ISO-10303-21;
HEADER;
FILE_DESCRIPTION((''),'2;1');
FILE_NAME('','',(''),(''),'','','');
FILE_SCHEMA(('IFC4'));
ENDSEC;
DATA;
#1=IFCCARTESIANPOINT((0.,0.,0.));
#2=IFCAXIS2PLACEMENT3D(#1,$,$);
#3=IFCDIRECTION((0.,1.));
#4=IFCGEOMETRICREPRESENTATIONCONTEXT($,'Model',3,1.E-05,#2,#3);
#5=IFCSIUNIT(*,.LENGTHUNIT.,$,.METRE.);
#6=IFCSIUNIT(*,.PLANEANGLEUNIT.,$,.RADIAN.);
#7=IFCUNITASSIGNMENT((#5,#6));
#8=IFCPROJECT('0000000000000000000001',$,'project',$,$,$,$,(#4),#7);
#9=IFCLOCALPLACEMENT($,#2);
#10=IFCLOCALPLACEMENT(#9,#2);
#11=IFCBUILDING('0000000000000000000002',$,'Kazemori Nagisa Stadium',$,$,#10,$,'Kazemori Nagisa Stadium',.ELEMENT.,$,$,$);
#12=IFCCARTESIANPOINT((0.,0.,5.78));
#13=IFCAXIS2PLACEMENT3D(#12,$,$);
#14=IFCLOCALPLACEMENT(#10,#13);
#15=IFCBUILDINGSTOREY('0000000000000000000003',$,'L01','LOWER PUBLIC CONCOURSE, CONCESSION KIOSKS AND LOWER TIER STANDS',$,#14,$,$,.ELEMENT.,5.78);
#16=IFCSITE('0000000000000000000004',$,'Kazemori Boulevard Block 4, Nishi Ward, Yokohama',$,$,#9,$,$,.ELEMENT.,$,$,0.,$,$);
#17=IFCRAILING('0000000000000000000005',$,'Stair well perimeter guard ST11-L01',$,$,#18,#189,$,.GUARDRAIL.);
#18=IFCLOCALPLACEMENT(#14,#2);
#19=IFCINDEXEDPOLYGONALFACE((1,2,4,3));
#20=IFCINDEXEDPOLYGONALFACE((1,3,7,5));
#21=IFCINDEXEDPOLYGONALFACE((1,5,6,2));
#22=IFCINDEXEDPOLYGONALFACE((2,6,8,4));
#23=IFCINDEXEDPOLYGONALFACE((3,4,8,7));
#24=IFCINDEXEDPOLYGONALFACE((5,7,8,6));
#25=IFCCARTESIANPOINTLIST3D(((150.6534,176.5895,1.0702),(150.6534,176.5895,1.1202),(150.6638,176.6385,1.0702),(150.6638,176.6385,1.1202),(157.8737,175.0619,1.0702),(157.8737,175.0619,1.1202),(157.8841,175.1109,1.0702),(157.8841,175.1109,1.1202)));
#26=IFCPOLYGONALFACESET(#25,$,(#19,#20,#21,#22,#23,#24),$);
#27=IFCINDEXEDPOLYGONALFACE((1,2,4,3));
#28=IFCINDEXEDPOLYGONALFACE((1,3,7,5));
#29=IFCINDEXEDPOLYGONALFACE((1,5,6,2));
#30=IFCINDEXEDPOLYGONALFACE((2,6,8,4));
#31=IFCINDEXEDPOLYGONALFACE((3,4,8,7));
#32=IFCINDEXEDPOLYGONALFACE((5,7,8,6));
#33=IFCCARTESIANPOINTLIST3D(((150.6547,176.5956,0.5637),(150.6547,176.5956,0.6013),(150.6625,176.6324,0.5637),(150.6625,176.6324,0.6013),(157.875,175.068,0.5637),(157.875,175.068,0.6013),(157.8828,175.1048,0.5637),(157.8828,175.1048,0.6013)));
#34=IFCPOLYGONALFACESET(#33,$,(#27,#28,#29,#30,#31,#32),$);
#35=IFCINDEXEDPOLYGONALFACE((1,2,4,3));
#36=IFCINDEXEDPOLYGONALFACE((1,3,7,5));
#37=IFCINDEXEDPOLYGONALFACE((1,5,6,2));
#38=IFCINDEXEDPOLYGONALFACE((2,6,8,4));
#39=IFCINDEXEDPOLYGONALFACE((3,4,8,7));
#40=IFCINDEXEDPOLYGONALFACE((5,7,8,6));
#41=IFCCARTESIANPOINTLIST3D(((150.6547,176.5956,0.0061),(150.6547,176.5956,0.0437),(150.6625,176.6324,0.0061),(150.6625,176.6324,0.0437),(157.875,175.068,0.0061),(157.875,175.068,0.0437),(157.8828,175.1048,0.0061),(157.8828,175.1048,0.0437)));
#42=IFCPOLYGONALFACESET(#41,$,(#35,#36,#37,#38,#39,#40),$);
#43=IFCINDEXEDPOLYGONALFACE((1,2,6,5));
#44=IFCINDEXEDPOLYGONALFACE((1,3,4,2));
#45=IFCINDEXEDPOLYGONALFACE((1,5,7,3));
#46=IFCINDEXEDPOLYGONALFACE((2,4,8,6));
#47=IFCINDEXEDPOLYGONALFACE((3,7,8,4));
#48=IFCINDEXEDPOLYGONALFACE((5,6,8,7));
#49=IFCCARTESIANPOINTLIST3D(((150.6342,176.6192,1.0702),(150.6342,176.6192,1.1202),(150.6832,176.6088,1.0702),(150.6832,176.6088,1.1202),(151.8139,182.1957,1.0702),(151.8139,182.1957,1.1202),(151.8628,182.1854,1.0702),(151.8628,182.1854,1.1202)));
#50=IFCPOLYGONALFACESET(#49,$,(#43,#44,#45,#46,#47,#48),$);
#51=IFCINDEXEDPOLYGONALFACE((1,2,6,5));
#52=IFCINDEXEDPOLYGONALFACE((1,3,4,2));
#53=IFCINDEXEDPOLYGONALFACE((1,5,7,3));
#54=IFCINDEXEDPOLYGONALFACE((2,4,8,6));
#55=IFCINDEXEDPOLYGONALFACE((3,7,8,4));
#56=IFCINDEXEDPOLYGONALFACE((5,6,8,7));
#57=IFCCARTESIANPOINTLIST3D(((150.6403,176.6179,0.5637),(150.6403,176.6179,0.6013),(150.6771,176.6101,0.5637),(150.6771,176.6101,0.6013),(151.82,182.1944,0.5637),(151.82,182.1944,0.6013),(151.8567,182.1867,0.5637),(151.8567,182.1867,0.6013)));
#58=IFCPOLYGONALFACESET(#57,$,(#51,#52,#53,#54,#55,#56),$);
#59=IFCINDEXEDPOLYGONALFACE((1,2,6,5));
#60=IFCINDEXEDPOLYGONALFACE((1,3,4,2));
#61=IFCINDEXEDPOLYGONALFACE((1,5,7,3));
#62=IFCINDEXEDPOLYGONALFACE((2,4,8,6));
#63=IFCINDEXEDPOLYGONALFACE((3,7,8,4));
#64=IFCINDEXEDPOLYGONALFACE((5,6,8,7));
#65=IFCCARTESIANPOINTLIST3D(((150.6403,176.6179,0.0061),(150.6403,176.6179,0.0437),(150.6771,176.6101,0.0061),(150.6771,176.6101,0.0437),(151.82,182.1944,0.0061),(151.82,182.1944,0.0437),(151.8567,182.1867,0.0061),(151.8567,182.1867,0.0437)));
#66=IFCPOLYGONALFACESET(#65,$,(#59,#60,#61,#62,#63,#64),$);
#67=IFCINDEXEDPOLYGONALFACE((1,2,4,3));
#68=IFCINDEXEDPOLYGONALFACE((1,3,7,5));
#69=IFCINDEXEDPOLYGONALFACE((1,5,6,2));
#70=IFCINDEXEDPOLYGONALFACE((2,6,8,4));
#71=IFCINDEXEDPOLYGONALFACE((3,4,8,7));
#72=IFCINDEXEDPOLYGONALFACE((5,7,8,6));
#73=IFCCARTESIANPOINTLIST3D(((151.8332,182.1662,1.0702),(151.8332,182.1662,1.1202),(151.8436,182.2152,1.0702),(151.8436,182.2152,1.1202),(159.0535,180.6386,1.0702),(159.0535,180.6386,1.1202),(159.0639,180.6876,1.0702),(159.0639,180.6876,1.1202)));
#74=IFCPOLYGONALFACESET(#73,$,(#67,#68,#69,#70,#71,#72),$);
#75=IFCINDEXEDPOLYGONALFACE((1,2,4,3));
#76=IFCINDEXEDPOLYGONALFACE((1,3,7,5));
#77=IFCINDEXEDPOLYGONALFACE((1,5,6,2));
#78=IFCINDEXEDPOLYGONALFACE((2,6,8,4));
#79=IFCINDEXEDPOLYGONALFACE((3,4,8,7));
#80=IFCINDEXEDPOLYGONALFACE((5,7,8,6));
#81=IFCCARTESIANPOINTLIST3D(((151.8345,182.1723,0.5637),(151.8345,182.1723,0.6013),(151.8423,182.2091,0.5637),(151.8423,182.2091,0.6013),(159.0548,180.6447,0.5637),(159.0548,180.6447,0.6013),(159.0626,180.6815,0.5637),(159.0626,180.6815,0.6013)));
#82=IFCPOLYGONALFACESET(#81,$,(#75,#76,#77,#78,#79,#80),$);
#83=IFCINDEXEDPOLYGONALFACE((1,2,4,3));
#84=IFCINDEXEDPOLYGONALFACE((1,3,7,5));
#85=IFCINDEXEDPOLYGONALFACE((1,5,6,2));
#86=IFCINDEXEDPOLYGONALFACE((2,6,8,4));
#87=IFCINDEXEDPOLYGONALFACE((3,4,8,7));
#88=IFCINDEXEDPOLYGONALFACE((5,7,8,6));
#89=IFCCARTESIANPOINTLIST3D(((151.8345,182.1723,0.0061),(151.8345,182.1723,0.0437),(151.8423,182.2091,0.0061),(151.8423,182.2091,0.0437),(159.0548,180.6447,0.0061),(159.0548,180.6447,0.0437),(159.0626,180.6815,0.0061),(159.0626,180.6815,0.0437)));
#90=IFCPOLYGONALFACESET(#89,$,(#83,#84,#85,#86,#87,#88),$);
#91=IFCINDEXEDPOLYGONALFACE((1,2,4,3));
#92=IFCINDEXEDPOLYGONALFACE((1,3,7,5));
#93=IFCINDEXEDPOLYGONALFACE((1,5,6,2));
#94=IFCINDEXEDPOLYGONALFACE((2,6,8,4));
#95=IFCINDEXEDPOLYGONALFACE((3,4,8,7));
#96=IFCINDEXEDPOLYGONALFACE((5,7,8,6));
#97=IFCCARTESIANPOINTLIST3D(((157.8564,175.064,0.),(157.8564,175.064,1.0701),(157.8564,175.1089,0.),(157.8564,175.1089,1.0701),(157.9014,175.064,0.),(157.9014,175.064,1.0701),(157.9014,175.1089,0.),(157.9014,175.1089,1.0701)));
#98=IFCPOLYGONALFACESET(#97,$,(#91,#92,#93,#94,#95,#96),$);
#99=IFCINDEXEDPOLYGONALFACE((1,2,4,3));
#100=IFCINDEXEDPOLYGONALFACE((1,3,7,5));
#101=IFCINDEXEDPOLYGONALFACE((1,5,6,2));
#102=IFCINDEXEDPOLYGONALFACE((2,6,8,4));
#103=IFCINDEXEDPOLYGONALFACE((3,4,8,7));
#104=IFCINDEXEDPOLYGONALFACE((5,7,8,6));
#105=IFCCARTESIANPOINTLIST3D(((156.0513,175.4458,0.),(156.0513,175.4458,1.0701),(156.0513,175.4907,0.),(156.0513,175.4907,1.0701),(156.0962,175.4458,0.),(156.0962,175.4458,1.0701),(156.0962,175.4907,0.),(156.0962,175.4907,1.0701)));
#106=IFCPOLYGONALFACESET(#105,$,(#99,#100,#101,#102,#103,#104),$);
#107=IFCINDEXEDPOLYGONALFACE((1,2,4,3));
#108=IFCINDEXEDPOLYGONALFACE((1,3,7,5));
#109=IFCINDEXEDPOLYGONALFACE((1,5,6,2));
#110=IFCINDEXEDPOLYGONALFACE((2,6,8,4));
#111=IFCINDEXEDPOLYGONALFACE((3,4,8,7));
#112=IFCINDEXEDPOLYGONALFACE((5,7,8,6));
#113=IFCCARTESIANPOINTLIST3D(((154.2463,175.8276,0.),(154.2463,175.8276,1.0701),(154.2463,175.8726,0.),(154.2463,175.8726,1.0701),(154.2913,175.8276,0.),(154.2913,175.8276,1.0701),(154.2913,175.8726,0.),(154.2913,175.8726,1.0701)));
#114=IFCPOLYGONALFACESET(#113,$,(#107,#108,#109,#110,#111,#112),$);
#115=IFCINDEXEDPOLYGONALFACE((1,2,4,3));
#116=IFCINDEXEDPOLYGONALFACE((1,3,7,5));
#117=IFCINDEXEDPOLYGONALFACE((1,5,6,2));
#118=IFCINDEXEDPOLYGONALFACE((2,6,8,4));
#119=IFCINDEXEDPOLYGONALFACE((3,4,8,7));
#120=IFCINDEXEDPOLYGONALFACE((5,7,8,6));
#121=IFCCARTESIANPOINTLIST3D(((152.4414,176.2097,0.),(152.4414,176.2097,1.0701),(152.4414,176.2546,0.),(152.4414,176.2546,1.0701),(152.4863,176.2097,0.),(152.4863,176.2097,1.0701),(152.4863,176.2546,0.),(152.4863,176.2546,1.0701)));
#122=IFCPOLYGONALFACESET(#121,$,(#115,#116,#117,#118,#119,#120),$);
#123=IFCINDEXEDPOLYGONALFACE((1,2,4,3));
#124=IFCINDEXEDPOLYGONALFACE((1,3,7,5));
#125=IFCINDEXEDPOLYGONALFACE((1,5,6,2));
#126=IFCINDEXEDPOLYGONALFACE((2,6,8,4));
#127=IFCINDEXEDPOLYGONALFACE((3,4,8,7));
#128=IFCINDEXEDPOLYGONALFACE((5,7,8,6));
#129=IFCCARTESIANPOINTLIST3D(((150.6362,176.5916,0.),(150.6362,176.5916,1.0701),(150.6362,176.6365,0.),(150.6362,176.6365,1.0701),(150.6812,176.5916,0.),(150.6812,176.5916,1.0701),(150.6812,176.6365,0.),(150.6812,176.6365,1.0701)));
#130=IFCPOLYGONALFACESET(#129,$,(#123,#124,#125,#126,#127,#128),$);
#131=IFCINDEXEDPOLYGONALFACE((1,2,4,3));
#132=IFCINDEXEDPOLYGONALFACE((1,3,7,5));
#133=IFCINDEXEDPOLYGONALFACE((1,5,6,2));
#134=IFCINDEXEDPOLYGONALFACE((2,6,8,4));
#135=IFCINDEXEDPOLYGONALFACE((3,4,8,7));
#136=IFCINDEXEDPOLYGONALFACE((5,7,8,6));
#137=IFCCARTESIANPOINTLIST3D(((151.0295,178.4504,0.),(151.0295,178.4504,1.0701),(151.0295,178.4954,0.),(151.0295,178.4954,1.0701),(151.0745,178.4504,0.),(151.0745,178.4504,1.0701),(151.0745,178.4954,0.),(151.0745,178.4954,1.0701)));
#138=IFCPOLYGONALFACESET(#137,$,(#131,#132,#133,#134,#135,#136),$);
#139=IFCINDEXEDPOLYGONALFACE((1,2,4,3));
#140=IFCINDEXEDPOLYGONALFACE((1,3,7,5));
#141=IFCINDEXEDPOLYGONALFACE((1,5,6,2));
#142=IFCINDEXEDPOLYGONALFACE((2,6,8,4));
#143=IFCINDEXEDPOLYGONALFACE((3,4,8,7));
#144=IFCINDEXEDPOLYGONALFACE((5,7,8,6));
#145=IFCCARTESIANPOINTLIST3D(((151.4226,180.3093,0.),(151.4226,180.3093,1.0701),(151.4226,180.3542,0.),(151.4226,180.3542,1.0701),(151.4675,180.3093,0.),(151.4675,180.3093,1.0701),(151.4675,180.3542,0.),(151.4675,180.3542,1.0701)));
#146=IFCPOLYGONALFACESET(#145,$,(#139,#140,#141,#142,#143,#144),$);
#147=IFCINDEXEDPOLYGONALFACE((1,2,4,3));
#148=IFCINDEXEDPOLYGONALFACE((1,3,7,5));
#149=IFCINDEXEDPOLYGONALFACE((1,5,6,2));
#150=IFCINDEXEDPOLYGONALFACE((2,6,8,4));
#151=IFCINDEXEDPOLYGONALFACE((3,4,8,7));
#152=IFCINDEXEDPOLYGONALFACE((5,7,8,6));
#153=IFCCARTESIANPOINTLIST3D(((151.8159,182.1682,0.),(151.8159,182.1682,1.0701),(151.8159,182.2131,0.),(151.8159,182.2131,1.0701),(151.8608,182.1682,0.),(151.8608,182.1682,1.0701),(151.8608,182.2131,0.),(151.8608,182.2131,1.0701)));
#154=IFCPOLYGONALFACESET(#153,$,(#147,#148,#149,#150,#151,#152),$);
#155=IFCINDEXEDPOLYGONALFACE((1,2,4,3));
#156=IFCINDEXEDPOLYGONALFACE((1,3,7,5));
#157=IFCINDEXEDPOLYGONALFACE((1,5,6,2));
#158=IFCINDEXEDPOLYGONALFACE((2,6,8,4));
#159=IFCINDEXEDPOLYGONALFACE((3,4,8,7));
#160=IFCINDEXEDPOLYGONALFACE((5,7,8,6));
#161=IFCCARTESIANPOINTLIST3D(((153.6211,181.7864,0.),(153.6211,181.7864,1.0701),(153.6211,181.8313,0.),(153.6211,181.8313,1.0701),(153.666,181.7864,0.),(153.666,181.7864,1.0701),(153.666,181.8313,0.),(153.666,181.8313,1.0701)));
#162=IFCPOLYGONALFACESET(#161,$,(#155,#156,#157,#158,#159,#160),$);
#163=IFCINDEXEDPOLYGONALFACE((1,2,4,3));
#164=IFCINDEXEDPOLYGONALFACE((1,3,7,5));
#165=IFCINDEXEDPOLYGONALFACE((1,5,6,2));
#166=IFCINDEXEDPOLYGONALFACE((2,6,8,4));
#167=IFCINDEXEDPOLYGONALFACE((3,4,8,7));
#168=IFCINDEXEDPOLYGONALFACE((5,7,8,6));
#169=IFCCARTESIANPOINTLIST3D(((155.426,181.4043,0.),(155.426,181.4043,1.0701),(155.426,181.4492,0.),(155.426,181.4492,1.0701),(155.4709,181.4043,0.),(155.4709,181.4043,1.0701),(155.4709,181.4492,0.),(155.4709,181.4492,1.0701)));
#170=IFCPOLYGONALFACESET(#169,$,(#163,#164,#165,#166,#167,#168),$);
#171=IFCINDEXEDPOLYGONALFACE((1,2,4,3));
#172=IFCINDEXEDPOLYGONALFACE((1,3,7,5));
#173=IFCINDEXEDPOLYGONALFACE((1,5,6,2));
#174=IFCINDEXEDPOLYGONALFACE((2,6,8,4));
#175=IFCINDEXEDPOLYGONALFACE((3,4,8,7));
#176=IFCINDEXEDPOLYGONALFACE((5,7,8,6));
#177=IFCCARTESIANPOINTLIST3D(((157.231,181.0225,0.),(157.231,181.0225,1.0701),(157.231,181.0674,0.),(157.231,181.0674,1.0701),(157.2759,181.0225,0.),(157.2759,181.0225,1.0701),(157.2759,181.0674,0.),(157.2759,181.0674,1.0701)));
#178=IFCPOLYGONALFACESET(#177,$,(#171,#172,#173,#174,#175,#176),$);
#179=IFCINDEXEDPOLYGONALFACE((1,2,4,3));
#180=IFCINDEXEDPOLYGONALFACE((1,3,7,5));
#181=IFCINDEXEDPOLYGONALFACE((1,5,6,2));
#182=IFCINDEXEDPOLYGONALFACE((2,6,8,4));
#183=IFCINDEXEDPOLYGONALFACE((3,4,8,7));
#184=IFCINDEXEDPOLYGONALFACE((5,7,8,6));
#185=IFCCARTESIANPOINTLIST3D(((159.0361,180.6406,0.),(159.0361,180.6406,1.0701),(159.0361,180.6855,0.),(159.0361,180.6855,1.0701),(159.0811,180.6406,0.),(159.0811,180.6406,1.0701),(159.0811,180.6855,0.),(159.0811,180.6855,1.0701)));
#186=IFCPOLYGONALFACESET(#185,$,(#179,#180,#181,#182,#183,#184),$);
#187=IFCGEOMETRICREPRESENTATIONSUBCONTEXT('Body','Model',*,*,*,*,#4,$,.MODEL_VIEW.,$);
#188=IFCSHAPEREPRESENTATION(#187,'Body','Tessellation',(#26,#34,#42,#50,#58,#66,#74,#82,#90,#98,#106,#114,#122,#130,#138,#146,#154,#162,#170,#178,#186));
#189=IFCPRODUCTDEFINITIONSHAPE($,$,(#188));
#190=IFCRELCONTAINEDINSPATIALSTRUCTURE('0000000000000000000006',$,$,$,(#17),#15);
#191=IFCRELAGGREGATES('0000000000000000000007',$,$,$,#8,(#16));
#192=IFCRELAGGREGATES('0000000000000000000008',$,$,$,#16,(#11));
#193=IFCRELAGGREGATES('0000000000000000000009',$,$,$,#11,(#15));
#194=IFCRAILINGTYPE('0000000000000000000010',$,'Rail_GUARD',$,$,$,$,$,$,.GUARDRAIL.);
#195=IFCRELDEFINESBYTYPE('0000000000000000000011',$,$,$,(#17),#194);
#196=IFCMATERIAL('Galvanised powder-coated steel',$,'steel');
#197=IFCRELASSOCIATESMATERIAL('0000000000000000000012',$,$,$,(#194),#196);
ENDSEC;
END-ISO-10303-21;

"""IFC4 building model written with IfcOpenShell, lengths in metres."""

from ifc_helpers import new_model, si_unit, direction, frame, origin, origin_2d, place, context, subcontext, project, spatial, rectangle, extrude, material, type_object, element, save


model = new_model("IFC4")

# Units and contexts
model_context = context("Model", 3, precision=1e-05, world=origin(), true_north=direction((0.0, 1.0)))
body_context = subcontext(model_context, "Body", "Model", "MODEL_VIEW")
ifc_project = project(units=[si_unit("LENGTHUNIT", "METRE"), si_unit("PLANEANGLEUNIT", "RADIAN")], contexts=[model_context])

# Site, building, storey
site_placement = place(None, origin())
site = spatial("IfcSite", under=ifc_project, at=site_placement, Name="Kazemori Boulevard Block 4, Nishi Ward, Yokohama", CompositionType="ELEMENT", RefElevation=0.0)
building_placement = place(site_placement, origin())
building = spatial("IfcBuilding", under=site, at=building_placement, Name="Kazemori Nagisa Stadium", LongName="Kazemori Nagisa Stadium", CompositionType="ELEMENT")
storey_placement = place(building_placement, frame((0.0, 0.0, 5.78)))
storey = spatial("IfcBuildingStorey", under=building, at=storey_placement, Name="L01", Description="LOWER PUBLIC CONCOURSE, CONCESSION KIOSKS AND LOWER TIER STANDS", CompositionType="ELEMENT", Elevation=5.78)

# Railing
ifc_material_1 = material(Name="Galvanised powder-coated steel", Category="steel")
railing_type_1 = type_object("IfcRailingType", Name="Rail_GUARD", PredefinedType="GUARDRAIL", material=ifc_material_1)
railing_1_placement = place(storey_placement, frame((157.8789, 175.0864, 0.0)))
element("IfcRailing", 1, at=railing_1_placement, inside=storey, type_object=railing_type_1, Name="Stair well perimeter guard ST11-L01", PredefinedType="GUARDRAIL", context=body_context, shape_type="SweptSolid", body=[
    extrude(rectangle(XDim=0.05, YDim=0.05, at=origin_2d()), frame((0.0, 0.0, 1.0952), z_axis=(-0.978343, 0.206989, 0.0), x_axis=(-0.206989, -0.978343, 0.0)), (0.0, 0.0, 1.0), 7.3801),
    extrude(rectangle(XDim=0.0376, YDim=0.0376, at=origin_2d()), frame((0.0, 0.0, 0.5825), z_axis=(-0.978343, 0.206989, 0.0), x_axis=(-0.206989, -0.978343, 0.0)), (0.0, 0.0, 1.0), 7.3801),
    extrude(rectangle(XDim=0.0376, YDim=0.0376, at=origin_2d()), frame((0.0, 0.0, 0.0249), z_axis=(-0.978343, 0.206989, 0.0), x_axis=(-0.206989, -0.978343, 0.0)), (0.0, 0.0, 1.0), 7.3801),
    extrude(rectangle(XDim=0.05, YDim=0.05, at=origin_2d()), frame((-7.2202, 1.5276, 1.0952), z_axis=(0.20696, 0.978349, 0.0), x_axis=(-0.978349, 0.20696, 0.0)), (0.0, 0.0, 1.0), 5.7),
    extrude(rectangle(XDim=0.0376, YDim=0.0376, at=origin_2d()), frame((-7.2202, 1.5276, 0.5825), z_axis=(0.20696, 0.978349, 0.0), x_axis=(-0.978349, 0.20696, 0.0)), (0.0, 0.0, 1.0), 5.7),
    extrude(rectangle(XDim=0.0376, YDim=0.0376, at=origin_2d()), frame((-7.2202, 1.5276, 0.0249), z_axis=(0.20696, 0.978349, 0.0), x_axis=(-0.978349, 0.20696, 0.0)), (0.0, 0.0, 1.0), 5.7),
    extrude(rectangle(XDim=0.05, YDim=0.05, at=origin_2d()), frame((-6.0405, 7.1042, 1.0952), z_axis=(0.978343, -0.206989, 0.0), x_axis=(0.206989, 0.978343, 0.0)), (0.0, 0.0, 1.0), 7.3801),
    extrude(rectangle(XDim=0.0376, YDim=0.0376, at=origin_2d()), frame((-6.0405, 7.1042, 0.5825), z_axis=(0.978343, -0.206989, 0.0), x_axis=(0.206989, 0.978343, 0.0)), (0.0, 0.0, 1.0), 7.3801),
    extrude(rectangle(XDim=0.0376, YDim=0.0376, at=origin_2d()), frame((-6.0405, 7.1042, 0.0249), z_axis=(0.978343, -0.206989, 0.0), x_axis=(0.206989, 0.978343, 0.0)), (0.0, 0.0, 1.0), 7.3801),
    extrude(rectangle(XDim=0.0449, YDim=0.0449, at=origin_2d()), origin(), (0.0, 0.0, 1.0), 1.0701),
    extrude(rectangle(XDim=0.0449, YDim=0.0449, at=origin_2d()), frame((-1.8052, 0.3818, 0.0)), (0.0, 0.0, 1.0), 1.0701),
    extrude(rectangle(XDim=0.0449, YDim=0.0449, at=origin_2d()), frame((-3.6101, 0.7637, 0.0)), (0.0, 0.0, 1.0), 1.0701),
    extrude(rectangle(XDim=0.0449, YDim=0.0449, at=origin_2d()), frame((-5.415, 1.1458, 0.0)), (0.0, 0.0, 1.0), 1.0701),
    extrude(rectangle(XDim=0.0449, YDim=0.0449, at=origin_2d()), frame((-7.2202, 1.5276, 0.0)), (0.0, 0.0, 1.0), 1.0701),
    extrude(rectangle(XDim=0.0449, YDim=0.0449, at=origin_2d()), frame((-6.8269, 3.3865, 0.0)), (0.0, 0.0, 1.0), 1.0701),
    extrude(rectangle(XDim=0.0449, YDim=0.0449, at=origin_2d()), frame((-6.4338, 5.2454, 0.0)), (0.0, 0.0, 1.0), 1.0701),
    extrude(rectangle(XDim=0.0449, YDim=0.0449, at=origin_2d()), frame((-6.0405, 7.1042, 0.0)), (0.0, 0.0, 1.0), 1.0701),
    extrude(rectangle(XDim=0.0449, YDim=0.0449, at=origin_2d()), frame((-4.2354, 6.7224, 0.0)), (0.0, 0.0, 1.0), 1.0701),
    extrude(rectangle(XDim=0.0449, YDim=0.0449, at=origin_2d()), frame((-2.4304, 6.3403, 0.0)), (0.0, 0.0, 1.0), 1.0701),
    extrude(rectangle(XDim=0.0449, YDim=0.0449, at=origin_2d()), frame((-0.6255, 5.9585, 0.0)), (0.0, 0.0, 1.0), 1.0701),
    extrude(rectangle(XDim=0.0449, YDim=0.0449, at=origin_2d()), frame((1.1797, 5.5767, 0.0)), (0.0, 0.0, 1.0), 1.0701),
])

save(model, "model.ifc")
